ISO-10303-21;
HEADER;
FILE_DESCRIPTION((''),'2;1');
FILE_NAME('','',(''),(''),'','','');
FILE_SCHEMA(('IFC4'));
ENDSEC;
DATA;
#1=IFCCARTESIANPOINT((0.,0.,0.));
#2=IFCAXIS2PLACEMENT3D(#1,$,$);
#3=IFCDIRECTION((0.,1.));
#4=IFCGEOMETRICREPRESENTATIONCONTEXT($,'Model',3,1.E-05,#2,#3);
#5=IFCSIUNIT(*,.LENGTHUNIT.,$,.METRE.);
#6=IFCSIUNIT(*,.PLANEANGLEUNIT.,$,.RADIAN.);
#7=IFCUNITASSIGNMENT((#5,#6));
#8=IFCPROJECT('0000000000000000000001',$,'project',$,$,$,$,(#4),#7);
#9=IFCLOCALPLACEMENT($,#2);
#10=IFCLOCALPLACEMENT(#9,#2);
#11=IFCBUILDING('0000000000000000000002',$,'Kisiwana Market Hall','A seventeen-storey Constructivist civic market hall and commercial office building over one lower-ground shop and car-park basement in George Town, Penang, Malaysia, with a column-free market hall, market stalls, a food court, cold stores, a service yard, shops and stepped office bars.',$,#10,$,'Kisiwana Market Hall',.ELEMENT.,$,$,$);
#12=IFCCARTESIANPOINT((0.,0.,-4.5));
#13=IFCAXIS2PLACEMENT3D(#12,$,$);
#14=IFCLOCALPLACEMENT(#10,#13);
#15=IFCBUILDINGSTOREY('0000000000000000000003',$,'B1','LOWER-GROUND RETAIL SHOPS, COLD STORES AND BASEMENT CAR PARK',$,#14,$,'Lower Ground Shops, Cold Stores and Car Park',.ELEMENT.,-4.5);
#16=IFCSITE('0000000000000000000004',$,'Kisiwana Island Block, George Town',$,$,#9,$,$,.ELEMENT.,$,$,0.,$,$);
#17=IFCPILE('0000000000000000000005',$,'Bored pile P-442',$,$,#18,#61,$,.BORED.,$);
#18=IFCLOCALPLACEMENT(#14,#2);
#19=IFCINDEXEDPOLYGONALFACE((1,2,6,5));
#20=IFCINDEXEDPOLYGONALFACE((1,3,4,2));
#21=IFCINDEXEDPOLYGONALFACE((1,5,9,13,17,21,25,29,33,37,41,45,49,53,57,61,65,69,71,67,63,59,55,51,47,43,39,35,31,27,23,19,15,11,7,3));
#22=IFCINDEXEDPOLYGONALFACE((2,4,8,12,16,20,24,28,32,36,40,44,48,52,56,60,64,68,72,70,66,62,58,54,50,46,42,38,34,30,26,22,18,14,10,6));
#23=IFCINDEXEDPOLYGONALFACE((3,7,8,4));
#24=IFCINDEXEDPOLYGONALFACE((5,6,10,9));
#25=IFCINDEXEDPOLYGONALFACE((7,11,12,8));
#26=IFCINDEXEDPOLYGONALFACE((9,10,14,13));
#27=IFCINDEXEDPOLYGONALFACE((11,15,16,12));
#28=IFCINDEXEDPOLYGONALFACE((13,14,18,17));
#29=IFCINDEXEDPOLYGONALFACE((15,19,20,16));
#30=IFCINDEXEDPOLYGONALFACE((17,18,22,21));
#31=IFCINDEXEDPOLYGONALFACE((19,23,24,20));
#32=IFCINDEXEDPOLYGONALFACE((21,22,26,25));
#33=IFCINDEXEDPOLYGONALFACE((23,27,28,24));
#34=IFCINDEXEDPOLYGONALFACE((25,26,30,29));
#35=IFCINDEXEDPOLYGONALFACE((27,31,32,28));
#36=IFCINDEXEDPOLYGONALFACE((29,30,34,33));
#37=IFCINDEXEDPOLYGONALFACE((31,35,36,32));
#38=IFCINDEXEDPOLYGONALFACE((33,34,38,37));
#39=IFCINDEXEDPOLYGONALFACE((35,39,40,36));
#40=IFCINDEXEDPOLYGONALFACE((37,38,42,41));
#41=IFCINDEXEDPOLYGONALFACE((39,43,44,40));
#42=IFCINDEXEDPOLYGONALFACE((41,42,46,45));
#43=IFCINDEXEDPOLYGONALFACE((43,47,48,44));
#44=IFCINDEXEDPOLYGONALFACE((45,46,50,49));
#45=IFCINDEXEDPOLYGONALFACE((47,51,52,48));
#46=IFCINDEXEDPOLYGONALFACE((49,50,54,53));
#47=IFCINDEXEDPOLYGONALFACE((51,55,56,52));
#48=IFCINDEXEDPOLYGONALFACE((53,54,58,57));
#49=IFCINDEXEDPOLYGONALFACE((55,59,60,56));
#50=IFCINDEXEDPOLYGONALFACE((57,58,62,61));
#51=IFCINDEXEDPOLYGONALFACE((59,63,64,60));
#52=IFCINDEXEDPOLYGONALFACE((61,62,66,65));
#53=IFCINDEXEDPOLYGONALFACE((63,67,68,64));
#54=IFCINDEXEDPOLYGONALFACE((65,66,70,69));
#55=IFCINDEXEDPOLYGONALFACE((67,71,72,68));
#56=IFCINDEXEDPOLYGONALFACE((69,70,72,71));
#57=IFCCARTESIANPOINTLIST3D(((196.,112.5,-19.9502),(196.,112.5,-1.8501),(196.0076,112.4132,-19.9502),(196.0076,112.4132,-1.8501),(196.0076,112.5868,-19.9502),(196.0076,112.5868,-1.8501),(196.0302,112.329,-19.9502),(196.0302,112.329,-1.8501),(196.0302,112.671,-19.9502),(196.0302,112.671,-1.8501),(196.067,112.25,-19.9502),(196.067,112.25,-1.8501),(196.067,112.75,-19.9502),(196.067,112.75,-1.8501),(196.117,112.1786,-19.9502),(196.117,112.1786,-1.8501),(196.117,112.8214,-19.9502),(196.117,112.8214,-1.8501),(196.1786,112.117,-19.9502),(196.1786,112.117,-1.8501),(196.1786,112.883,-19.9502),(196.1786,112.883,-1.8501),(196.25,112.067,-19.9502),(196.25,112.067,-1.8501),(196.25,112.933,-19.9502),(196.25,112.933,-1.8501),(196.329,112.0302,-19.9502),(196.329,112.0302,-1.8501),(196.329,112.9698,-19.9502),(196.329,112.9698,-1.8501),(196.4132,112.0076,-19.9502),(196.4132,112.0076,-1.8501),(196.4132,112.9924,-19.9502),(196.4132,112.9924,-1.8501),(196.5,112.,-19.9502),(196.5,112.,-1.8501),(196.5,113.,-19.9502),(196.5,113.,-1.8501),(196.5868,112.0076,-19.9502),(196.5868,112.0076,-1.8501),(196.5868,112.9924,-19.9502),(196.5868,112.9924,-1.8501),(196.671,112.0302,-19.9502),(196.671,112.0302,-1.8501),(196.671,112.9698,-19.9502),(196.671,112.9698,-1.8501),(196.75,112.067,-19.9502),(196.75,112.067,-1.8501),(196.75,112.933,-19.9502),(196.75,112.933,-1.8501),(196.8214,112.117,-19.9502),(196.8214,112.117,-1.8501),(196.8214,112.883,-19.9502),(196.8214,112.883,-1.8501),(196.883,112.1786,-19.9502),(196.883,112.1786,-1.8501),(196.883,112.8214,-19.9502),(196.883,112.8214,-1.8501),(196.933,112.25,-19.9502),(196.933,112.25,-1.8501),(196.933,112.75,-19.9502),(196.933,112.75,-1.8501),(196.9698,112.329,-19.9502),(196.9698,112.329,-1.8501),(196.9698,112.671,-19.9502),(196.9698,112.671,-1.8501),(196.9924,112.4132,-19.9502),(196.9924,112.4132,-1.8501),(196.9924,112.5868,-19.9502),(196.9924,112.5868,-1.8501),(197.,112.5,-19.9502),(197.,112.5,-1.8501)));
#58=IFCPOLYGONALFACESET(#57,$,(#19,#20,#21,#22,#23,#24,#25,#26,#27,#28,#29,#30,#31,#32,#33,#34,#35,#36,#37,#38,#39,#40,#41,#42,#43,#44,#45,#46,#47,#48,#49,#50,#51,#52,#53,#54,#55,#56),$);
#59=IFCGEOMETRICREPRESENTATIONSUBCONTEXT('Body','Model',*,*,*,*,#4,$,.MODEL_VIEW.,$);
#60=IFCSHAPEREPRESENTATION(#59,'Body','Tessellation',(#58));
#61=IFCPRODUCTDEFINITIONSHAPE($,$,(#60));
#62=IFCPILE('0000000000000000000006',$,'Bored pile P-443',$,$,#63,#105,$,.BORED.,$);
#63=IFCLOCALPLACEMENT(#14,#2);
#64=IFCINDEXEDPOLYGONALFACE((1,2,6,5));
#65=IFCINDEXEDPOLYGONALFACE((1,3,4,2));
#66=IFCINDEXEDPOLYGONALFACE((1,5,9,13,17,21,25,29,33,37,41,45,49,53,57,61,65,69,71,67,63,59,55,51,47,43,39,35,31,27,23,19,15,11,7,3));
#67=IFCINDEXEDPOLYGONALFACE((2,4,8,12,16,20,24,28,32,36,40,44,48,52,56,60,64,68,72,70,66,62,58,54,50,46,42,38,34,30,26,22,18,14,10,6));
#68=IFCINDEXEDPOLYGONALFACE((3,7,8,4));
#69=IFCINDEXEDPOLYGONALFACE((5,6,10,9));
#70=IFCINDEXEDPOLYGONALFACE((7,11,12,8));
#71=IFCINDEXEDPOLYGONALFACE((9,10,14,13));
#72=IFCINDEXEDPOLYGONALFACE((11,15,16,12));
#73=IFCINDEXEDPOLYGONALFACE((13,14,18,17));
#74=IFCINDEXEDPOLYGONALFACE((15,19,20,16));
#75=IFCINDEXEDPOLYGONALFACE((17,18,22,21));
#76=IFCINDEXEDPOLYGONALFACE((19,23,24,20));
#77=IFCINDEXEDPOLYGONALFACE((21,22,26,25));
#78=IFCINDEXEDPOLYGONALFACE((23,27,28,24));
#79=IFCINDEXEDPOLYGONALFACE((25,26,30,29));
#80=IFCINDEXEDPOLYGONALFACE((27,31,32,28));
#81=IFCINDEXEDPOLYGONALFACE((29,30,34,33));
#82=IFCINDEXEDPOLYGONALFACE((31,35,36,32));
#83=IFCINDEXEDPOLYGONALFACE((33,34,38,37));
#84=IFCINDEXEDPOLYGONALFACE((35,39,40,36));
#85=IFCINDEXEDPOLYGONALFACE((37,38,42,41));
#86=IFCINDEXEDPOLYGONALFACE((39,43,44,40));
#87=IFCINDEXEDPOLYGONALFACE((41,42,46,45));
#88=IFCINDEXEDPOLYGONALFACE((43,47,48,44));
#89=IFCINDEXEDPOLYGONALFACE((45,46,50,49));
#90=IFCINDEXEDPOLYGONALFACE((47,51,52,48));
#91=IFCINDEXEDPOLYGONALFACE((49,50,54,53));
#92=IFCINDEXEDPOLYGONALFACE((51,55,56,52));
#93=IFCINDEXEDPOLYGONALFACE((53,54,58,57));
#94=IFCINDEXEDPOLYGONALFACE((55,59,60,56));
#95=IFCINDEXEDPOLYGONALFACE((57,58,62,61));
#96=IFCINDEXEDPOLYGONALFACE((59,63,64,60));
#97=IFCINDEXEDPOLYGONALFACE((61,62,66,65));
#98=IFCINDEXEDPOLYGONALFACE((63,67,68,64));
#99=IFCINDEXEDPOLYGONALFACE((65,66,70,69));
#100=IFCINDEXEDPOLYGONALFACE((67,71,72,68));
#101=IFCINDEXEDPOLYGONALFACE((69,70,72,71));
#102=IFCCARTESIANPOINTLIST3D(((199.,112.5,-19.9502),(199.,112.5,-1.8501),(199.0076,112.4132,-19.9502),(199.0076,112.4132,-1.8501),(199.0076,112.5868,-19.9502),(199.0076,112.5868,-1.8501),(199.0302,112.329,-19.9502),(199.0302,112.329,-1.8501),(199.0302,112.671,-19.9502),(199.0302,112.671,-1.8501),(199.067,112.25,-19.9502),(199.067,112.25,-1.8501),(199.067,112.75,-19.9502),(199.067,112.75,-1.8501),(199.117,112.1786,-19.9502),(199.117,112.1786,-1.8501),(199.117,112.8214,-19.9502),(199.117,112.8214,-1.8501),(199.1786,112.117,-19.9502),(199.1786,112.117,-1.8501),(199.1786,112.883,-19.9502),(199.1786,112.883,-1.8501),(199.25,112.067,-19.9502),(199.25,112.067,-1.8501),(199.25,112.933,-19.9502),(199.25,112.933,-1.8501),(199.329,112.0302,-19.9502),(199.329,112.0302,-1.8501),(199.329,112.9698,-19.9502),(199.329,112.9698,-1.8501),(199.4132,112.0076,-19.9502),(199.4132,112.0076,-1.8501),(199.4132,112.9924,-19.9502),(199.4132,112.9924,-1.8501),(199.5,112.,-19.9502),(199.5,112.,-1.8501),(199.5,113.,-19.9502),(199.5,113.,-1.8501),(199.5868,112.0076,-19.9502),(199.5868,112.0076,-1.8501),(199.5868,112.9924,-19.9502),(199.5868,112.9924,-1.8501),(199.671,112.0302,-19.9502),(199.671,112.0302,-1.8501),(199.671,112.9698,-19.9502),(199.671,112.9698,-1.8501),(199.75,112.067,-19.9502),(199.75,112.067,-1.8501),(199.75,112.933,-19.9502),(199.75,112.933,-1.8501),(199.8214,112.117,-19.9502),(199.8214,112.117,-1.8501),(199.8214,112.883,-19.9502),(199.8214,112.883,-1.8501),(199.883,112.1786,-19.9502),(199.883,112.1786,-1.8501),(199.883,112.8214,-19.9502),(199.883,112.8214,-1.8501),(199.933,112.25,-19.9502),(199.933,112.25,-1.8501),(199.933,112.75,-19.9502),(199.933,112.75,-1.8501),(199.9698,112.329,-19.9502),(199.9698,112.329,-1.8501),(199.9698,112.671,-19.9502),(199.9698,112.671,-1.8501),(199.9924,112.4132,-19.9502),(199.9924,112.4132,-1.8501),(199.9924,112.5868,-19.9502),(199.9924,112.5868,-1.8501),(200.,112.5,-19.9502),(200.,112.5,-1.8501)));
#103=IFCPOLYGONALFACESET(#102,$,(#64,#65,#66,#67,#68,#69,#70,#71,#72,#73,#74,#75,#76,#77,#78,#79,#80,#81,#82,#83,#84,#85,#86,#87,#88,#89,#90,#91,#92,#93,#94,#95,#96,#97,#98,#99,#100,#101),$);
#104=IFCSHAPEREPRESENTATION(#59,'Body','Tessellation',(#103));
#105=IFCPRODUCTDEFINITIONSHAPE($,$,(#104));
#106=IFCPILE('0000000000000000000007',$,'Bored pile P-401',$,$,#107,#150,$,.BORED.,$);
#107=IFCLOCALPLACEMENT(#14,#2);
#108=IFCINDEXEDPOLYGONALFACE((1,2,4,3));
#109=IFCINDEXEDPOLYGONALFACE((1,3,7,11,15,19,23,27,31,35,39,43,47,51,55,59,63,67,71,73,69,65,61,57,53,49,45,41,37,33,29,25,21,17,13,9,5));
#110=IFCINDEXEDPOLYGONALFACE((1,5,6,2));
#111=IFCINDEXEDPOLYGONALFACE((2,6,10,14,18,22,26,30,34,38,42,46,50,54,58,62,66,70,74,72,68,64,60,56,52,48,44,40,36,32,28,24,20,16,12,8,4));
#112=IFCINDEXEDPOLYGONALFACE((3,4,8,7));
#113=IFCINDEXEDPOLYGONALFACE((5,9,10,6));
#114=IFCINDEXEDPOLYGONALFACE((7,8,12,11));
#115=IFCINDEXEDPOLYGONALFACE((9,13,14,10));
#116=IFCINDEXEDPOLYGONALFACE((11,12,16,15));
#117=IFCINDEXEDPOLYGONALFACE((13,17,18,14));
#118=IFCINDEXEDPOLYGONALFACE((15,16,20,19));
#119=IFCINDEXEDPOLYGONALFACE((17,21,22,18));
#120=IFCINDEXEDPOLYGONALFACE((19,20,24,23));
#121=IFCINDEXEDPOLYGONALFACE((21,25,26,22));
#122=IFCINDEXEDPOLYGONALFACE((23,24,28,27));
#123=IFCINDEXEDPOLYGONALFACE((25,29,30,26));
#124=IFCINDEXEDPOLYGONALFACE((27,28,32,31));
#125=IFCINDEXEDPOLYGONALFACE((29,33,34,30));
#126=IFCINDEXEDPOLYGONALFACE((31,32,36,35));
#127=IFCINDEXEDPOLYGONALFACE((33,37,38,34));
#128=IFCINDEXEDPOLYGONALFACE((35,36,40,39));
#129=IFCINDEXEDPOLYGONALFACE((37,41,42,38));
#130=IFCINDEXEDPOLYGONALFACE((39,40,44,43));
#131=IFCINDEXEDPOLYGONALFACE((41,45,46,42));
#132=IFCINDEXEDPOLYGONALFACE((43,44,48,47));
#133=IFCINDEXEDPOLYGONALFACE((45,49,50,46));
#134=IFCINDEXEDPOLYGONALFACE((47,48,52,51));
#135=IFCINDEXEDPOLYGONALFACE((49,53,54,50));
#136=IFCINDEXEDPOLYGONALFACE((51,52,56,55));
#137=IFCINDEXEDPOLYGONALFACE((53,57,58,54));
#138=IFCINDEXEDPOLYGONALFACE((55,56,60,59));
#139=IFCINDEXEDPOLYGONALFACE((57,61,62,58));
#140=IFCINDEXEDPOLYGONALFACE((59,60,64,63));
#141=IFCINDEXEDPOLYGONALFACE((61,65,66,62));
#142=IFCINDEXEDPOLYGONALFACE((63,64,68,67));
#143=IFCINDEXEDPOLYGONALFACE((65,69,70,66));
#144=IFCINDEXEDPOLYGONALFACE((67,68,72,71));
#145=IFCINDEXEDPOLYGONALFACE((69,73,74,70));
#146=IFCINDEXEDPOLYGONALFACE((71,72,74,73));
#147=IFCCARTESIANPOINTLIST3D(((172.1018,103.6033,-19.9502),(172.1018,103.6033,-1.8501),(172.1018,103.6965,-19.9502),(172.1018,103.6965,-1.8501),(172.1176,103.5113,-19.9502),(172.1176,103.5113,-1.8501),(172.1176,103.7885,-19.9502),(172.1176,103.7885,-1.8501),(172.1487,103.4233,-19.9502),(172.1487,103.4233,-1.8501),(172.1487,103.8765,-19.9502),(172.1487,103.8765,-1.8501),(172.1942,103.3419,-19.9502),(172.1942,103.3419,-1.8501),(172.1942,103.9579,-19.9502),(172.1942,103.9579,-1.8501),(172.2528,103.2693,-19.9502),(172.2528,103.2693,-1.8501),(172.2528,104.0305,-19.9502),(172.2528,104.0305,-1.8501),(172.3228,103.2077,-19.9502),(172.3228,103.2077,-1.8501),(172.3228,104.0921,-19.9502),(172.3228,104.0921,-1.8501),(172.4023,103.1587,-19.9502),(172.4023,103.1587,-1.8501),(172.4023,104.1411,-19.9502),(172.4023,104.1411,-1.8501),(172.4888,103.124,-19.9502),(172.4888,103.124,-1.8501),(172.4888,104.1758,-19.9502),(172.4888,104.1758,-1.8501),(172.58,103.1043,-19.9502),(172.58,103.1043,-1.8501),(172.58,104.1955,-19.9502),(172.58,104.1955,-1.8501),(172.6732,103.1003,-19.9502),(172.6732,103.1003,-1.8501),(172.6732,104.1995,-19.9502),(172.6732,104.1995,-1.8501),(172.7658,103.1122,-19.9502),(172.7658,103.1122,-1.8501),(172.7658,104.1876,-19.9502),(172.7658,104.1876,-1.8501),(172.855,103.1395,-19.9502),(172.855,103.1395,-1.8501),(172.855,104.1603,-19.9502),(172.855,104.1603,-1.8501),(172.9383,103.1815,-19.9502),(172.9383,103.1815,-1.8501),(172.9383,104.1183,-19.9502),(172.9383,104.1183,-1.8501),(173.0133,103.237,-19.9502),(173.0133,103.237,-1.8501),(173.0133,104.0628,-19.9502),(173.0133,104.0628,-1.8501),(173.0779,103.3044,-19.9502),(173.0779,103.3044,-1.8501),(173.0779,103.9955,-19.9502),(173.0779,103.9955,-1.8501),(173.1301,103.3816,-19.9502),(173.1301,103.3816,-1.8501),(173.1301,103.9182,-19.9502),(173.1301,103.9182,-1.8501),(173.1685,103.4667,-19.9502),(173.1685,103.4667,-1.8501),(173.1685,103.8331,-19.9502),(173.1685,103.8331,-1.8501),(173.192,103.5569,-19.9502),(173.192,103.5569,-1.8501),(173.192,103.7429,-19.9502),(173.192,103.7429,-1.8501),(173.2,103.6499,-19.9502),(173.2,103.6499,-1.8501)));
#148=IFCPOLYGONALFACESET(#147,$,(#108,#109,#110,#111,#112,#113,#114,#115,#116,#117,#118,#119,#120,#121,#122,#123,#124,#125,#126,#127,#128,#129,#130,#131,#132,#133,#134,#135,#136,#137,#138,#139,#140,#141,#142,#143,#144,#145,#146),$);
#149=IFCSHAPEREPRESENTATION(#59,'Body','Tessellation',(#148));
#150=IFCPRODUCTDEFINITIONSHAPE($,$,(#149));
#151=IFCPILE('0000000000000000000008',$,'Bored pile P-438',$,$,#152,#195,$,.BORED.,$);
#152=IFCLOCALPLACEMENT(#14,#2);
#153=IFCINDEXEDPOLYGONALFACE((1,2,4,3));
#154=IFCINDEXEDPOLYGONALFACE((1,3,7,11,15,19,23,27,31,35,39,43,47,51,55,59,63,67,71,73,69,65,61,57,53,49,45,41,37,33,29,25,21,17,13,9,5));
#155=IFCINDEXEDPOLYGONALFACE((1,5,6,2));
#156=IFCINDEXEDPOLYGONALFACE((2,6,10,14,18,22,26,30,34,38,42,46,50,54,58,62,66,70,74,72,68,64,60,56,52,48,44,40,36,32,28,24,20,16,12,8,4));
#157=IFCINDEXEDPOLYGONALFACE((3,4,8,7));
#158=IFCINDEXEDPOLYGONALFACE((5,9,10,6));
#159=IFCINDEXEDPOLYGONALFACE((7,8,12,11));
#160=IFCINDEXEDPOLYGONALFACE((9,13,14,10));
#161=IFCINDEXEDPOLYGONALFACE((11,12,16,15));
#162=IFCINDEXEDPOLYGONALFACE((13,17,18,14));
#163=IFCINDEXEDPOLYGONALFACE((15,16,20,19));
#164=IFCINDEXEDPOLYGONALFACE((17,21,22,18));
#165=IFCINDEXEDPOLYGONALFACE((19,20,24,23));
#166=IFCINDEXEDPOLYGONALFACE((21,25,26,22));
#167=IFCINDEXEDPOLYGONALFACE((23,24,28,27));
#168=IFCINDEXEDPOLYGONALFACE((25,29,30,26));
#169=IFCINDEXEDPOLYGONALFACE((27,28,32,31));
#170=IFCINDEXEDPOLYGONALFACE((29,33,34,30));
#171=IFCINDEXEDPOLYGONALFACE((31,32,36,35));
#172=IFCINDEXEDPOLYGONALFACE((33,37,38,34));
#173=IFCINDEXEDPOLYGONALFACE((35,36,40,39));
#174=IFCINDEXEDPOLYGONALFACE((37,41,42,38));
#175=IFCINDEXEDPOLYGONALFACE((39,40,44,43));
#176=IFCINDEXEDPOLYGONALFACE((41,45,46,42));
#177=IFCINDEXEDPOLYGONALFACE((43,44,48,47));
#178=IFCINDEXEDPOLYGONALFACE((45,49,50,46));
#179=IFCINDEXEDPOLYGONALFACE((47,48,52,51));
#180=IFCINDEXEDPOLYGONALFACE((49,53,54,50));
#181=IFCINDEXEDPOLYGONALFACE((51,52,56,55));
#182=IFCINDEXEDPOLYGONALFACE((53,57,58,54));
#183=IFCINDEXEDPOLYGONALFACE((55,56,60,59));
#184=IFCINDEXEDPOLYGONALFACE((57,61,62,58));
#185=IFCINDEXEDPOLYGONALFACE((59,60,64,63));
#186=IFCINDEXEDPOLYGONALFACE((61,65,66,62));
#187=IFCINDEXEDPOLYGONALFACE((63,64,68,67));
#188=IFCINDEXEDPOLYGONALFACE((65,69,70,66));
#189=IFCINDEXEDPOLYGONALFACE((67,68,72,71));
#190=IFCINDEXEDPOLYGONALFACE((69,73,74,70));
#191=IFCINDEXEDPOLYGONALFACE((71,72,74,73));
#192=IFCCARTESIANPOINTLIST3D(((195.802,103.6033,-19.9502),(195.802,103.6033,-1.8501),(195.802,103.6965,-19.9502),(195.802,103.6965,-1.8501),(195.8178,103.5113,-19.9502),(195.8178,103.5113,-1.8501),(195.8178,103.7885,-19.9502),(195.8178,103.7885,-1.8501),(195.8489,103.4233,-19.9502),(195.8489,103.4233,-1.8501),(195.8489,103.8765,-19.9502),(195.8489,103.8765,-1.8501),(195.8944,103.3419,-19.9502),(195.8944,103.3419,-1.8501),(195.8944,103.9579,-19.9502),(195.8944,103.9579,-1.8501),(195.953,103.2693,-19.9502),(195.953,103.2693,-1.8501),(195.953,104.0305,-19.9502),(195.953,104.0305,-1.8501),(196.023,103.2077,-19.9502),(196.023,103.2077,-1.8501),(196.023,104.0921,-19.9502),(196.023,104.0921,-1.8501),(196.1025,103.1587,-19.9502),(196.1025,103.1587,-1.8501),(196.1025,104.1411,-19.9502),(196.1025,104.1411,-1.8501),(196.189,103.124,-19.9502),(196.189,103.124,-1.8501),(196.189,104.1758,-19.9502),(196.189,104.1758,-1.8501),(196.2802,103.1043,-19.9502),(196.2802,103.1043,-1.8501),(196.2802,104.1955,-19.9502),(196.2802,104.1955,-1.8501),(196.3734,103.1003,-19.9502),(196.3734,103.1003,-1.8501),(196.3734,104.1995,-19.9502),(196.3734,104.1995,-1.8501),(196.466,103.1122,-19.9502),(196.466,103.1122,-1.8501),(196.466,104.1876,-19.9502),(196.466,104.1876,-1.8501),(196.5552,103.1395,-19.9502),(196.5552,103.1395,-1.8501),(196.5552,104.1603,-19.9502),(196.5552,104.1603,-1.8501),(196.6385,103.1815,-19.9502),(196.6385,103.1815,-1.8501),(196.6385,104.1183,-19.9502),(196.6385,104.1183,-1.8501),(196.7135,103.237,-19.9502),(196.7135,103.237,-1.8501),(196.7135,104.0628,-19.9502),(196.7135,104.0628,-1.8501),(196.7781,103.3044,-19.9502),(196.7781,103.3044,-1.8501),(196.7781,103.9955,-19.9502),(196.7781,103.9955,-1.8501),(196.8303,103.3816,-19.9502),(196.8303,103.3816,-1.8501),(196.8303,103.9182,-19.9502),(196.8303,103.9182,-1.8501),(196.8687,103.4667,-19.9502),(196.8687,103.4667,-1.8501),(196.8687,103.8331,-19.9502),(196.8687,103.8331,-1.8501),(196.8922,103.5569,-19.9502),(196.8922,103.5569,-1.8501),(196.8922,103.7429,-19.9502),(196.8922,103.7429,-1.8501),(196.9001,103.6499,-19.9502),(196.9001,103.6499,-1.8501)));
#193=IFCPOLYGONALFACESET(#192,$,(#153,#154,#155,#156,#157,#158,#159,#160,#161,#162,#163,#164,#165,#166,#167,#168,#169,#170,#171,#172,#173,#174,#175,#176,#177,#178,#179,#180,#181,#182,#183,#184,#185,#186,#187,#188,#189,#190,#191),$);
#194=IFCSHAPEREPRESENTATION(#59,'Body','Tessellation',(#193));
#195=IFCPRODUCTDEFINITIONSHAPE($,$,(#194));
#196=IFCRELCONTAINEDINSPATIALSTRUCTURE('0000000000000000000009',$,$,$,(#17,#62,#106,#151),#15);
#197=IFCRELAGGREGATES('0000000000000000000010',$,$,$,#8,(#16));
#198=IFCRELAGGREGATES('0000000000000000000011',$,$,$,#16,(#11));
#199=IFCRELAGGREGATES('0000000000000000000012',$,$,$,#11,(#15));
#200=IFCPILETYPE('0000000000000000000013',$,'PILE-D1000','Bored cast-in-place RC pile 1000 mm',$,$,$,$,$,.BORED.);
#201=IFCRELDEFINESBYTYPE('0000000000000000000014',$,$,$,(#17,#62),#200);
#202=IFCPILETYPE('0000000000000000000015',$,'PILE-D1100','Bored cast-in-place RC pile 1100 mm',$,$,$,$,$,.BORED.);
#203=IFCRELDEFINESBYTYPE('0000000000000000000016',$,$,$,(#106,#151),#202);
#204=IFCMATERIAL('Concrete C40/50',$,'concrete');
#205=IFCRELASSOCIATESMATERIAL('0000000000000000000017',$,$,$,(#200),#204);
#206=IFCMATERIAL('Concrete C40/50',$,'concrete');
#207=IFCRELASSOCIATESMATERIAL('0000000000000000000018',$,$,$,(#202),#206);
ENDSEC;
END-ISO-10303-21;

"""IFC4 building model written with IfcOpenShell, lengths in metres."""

from ifc_helpers import new_model, si_unit, direction, frame, origin, origin_2d, place, context, subcontext, project, spatial, circle, extrude, material, material_profile, profile_set, type_object, element, save


model = new_model("IFC4")

# Units and contexts
model_context = context("Model", 3, precision=1e-05, world=origin(), true_north=direction((0.0, 1.0)))
body_context = subcontext(model_context, "Body", "Model", "MODEL_VIEW")
ifc_project = project(units=[si_unit("LENGTHUNIT", "METRE"), si_unit("PLANEANGLEUNIT", "RADIAN")], contexts=[model_context])

# Site, building, storey
site_placement = place(None, origin())
site = spatial("IfcSite", under=ifc_project, at=site_placement, Name="Kisiwana Island Block, George Town", CompositionType="ELEMENT", RefElevation=0.0)
building_placement = place(site_placement, origin())
building = spatial("IfcBuilding", under=site, at=building_placement, Name="Kisiwana Market Hall", Description="A seventeen-storey Constructivist civic market hall and commercial office building over one lower-ground shop and car-park basement in George Town, Penang, Malaysia, with a column-free market hall, market stalls, a food court, cold stores, a service yard, shops and stepped office bars.", LongName="Kisiwana Market Hall", CompositionType="ELEMENT")
storey_placement = place(building_placement, frame((0.0, 0.0, -4.5)))
storey = spatial("IfcBuildingStorey", under=building, at=storey_placement, Name="B1", Description="LOWER-GROUND RETAIL SHOPS, COLD STORES AND BASEMENT CAR PARK", LongName="Lower Ground Shops, Cold Stores and Car Park", CompositionType="ELEMENT", Elevation=-4.5)

# Piles
ifc_material_1 = material(Name="Concrete C40/50", Category="concrete")
ifc_material_profile_1 = material_profile(ifc_material_1, circle(Radius=0.5, at=origin_2d()), Name="BP D1000")
ifc_profile_set_1 = profile_set([ifc_material_profile_1], Name="Concrete C40/50")
pile_type_1 = type_object("IfcPileType", Name="PILE-D1000", Description="Bored cast-in-place RC pile 1000 mm", PredefinedType="BORED", material=ifc_profile_set_1)
for number, where, z_axis, x_axis, name in (
    (1, (196.5, 112.5, -1.8501), (0.0, 0.0, -1.0), (1.0, 0.0, 0.0), "Bored pile P-442"),
    (2, (199.5, 112.5, -1.8501), (0.0, 0.0, -1.0), (1.0, 0.0, 0.0), "Bored pile P-443"),
):
    element("IfcPile", number, at=place(storey_placement, frame(where, z_axis=z_axis, x_axis=x_axis)), inside=storey, type_object=pile_type_1, Name=name, PredefinedType="BORED", context=body_context, shape_type="SweptSolid", body=[
        extrude(circle(Radius=0.5, at=origin_2d()), origin(), (0.0, 0.0, 1.0), 18.1001),
    ])
ifc_material_2 = material(Name="Concrete C40/50", Category="concrete")
ifc_material_profile_2 = material_profile(ifc_material_2, circle(Radius=0.55, at=origin_2d()), Name="BP D1100")
ifc_profile_set_2 = profile_set([ifc_material_profile_2], Name="Concrete C40/50")
pile_type_2 = type_object("IfcPileType", Name="PILE-D1100", Description="Bored cast-in-place RC pile 1100 mm", PredefinedType="BORED", material=ifc_profile_set_2)
for number, where, z_axis, x_axis, name in (
    (3, (172.6499, 103.6499, -1.8501), (0.0, 0.0, -1.0), (1.0, 0.0, 0.0), "Bored pile P-401"),
    (4, (196.3501, 103.6499, -1.8501), (0.0, 0.0, -1.0), (1.0, 0.0, 0.0), "Bored pile P-438"),
):
    element("IfcPile", number, at=place(storey_placement, frame(where, z_axis=z_axis, x_axis=x_axis)), inside=storey, type_object=pile_type_2, Name=name, PredefinedType="BORED", context=body_context, shape_type="SweptSolid", body=[
        extrude(circle(Radius=0.55, at=origin_2d()), origin(), (0.0, 0.0, 1.0), 18.1001),
    ])

save(model, "model.ifc")
